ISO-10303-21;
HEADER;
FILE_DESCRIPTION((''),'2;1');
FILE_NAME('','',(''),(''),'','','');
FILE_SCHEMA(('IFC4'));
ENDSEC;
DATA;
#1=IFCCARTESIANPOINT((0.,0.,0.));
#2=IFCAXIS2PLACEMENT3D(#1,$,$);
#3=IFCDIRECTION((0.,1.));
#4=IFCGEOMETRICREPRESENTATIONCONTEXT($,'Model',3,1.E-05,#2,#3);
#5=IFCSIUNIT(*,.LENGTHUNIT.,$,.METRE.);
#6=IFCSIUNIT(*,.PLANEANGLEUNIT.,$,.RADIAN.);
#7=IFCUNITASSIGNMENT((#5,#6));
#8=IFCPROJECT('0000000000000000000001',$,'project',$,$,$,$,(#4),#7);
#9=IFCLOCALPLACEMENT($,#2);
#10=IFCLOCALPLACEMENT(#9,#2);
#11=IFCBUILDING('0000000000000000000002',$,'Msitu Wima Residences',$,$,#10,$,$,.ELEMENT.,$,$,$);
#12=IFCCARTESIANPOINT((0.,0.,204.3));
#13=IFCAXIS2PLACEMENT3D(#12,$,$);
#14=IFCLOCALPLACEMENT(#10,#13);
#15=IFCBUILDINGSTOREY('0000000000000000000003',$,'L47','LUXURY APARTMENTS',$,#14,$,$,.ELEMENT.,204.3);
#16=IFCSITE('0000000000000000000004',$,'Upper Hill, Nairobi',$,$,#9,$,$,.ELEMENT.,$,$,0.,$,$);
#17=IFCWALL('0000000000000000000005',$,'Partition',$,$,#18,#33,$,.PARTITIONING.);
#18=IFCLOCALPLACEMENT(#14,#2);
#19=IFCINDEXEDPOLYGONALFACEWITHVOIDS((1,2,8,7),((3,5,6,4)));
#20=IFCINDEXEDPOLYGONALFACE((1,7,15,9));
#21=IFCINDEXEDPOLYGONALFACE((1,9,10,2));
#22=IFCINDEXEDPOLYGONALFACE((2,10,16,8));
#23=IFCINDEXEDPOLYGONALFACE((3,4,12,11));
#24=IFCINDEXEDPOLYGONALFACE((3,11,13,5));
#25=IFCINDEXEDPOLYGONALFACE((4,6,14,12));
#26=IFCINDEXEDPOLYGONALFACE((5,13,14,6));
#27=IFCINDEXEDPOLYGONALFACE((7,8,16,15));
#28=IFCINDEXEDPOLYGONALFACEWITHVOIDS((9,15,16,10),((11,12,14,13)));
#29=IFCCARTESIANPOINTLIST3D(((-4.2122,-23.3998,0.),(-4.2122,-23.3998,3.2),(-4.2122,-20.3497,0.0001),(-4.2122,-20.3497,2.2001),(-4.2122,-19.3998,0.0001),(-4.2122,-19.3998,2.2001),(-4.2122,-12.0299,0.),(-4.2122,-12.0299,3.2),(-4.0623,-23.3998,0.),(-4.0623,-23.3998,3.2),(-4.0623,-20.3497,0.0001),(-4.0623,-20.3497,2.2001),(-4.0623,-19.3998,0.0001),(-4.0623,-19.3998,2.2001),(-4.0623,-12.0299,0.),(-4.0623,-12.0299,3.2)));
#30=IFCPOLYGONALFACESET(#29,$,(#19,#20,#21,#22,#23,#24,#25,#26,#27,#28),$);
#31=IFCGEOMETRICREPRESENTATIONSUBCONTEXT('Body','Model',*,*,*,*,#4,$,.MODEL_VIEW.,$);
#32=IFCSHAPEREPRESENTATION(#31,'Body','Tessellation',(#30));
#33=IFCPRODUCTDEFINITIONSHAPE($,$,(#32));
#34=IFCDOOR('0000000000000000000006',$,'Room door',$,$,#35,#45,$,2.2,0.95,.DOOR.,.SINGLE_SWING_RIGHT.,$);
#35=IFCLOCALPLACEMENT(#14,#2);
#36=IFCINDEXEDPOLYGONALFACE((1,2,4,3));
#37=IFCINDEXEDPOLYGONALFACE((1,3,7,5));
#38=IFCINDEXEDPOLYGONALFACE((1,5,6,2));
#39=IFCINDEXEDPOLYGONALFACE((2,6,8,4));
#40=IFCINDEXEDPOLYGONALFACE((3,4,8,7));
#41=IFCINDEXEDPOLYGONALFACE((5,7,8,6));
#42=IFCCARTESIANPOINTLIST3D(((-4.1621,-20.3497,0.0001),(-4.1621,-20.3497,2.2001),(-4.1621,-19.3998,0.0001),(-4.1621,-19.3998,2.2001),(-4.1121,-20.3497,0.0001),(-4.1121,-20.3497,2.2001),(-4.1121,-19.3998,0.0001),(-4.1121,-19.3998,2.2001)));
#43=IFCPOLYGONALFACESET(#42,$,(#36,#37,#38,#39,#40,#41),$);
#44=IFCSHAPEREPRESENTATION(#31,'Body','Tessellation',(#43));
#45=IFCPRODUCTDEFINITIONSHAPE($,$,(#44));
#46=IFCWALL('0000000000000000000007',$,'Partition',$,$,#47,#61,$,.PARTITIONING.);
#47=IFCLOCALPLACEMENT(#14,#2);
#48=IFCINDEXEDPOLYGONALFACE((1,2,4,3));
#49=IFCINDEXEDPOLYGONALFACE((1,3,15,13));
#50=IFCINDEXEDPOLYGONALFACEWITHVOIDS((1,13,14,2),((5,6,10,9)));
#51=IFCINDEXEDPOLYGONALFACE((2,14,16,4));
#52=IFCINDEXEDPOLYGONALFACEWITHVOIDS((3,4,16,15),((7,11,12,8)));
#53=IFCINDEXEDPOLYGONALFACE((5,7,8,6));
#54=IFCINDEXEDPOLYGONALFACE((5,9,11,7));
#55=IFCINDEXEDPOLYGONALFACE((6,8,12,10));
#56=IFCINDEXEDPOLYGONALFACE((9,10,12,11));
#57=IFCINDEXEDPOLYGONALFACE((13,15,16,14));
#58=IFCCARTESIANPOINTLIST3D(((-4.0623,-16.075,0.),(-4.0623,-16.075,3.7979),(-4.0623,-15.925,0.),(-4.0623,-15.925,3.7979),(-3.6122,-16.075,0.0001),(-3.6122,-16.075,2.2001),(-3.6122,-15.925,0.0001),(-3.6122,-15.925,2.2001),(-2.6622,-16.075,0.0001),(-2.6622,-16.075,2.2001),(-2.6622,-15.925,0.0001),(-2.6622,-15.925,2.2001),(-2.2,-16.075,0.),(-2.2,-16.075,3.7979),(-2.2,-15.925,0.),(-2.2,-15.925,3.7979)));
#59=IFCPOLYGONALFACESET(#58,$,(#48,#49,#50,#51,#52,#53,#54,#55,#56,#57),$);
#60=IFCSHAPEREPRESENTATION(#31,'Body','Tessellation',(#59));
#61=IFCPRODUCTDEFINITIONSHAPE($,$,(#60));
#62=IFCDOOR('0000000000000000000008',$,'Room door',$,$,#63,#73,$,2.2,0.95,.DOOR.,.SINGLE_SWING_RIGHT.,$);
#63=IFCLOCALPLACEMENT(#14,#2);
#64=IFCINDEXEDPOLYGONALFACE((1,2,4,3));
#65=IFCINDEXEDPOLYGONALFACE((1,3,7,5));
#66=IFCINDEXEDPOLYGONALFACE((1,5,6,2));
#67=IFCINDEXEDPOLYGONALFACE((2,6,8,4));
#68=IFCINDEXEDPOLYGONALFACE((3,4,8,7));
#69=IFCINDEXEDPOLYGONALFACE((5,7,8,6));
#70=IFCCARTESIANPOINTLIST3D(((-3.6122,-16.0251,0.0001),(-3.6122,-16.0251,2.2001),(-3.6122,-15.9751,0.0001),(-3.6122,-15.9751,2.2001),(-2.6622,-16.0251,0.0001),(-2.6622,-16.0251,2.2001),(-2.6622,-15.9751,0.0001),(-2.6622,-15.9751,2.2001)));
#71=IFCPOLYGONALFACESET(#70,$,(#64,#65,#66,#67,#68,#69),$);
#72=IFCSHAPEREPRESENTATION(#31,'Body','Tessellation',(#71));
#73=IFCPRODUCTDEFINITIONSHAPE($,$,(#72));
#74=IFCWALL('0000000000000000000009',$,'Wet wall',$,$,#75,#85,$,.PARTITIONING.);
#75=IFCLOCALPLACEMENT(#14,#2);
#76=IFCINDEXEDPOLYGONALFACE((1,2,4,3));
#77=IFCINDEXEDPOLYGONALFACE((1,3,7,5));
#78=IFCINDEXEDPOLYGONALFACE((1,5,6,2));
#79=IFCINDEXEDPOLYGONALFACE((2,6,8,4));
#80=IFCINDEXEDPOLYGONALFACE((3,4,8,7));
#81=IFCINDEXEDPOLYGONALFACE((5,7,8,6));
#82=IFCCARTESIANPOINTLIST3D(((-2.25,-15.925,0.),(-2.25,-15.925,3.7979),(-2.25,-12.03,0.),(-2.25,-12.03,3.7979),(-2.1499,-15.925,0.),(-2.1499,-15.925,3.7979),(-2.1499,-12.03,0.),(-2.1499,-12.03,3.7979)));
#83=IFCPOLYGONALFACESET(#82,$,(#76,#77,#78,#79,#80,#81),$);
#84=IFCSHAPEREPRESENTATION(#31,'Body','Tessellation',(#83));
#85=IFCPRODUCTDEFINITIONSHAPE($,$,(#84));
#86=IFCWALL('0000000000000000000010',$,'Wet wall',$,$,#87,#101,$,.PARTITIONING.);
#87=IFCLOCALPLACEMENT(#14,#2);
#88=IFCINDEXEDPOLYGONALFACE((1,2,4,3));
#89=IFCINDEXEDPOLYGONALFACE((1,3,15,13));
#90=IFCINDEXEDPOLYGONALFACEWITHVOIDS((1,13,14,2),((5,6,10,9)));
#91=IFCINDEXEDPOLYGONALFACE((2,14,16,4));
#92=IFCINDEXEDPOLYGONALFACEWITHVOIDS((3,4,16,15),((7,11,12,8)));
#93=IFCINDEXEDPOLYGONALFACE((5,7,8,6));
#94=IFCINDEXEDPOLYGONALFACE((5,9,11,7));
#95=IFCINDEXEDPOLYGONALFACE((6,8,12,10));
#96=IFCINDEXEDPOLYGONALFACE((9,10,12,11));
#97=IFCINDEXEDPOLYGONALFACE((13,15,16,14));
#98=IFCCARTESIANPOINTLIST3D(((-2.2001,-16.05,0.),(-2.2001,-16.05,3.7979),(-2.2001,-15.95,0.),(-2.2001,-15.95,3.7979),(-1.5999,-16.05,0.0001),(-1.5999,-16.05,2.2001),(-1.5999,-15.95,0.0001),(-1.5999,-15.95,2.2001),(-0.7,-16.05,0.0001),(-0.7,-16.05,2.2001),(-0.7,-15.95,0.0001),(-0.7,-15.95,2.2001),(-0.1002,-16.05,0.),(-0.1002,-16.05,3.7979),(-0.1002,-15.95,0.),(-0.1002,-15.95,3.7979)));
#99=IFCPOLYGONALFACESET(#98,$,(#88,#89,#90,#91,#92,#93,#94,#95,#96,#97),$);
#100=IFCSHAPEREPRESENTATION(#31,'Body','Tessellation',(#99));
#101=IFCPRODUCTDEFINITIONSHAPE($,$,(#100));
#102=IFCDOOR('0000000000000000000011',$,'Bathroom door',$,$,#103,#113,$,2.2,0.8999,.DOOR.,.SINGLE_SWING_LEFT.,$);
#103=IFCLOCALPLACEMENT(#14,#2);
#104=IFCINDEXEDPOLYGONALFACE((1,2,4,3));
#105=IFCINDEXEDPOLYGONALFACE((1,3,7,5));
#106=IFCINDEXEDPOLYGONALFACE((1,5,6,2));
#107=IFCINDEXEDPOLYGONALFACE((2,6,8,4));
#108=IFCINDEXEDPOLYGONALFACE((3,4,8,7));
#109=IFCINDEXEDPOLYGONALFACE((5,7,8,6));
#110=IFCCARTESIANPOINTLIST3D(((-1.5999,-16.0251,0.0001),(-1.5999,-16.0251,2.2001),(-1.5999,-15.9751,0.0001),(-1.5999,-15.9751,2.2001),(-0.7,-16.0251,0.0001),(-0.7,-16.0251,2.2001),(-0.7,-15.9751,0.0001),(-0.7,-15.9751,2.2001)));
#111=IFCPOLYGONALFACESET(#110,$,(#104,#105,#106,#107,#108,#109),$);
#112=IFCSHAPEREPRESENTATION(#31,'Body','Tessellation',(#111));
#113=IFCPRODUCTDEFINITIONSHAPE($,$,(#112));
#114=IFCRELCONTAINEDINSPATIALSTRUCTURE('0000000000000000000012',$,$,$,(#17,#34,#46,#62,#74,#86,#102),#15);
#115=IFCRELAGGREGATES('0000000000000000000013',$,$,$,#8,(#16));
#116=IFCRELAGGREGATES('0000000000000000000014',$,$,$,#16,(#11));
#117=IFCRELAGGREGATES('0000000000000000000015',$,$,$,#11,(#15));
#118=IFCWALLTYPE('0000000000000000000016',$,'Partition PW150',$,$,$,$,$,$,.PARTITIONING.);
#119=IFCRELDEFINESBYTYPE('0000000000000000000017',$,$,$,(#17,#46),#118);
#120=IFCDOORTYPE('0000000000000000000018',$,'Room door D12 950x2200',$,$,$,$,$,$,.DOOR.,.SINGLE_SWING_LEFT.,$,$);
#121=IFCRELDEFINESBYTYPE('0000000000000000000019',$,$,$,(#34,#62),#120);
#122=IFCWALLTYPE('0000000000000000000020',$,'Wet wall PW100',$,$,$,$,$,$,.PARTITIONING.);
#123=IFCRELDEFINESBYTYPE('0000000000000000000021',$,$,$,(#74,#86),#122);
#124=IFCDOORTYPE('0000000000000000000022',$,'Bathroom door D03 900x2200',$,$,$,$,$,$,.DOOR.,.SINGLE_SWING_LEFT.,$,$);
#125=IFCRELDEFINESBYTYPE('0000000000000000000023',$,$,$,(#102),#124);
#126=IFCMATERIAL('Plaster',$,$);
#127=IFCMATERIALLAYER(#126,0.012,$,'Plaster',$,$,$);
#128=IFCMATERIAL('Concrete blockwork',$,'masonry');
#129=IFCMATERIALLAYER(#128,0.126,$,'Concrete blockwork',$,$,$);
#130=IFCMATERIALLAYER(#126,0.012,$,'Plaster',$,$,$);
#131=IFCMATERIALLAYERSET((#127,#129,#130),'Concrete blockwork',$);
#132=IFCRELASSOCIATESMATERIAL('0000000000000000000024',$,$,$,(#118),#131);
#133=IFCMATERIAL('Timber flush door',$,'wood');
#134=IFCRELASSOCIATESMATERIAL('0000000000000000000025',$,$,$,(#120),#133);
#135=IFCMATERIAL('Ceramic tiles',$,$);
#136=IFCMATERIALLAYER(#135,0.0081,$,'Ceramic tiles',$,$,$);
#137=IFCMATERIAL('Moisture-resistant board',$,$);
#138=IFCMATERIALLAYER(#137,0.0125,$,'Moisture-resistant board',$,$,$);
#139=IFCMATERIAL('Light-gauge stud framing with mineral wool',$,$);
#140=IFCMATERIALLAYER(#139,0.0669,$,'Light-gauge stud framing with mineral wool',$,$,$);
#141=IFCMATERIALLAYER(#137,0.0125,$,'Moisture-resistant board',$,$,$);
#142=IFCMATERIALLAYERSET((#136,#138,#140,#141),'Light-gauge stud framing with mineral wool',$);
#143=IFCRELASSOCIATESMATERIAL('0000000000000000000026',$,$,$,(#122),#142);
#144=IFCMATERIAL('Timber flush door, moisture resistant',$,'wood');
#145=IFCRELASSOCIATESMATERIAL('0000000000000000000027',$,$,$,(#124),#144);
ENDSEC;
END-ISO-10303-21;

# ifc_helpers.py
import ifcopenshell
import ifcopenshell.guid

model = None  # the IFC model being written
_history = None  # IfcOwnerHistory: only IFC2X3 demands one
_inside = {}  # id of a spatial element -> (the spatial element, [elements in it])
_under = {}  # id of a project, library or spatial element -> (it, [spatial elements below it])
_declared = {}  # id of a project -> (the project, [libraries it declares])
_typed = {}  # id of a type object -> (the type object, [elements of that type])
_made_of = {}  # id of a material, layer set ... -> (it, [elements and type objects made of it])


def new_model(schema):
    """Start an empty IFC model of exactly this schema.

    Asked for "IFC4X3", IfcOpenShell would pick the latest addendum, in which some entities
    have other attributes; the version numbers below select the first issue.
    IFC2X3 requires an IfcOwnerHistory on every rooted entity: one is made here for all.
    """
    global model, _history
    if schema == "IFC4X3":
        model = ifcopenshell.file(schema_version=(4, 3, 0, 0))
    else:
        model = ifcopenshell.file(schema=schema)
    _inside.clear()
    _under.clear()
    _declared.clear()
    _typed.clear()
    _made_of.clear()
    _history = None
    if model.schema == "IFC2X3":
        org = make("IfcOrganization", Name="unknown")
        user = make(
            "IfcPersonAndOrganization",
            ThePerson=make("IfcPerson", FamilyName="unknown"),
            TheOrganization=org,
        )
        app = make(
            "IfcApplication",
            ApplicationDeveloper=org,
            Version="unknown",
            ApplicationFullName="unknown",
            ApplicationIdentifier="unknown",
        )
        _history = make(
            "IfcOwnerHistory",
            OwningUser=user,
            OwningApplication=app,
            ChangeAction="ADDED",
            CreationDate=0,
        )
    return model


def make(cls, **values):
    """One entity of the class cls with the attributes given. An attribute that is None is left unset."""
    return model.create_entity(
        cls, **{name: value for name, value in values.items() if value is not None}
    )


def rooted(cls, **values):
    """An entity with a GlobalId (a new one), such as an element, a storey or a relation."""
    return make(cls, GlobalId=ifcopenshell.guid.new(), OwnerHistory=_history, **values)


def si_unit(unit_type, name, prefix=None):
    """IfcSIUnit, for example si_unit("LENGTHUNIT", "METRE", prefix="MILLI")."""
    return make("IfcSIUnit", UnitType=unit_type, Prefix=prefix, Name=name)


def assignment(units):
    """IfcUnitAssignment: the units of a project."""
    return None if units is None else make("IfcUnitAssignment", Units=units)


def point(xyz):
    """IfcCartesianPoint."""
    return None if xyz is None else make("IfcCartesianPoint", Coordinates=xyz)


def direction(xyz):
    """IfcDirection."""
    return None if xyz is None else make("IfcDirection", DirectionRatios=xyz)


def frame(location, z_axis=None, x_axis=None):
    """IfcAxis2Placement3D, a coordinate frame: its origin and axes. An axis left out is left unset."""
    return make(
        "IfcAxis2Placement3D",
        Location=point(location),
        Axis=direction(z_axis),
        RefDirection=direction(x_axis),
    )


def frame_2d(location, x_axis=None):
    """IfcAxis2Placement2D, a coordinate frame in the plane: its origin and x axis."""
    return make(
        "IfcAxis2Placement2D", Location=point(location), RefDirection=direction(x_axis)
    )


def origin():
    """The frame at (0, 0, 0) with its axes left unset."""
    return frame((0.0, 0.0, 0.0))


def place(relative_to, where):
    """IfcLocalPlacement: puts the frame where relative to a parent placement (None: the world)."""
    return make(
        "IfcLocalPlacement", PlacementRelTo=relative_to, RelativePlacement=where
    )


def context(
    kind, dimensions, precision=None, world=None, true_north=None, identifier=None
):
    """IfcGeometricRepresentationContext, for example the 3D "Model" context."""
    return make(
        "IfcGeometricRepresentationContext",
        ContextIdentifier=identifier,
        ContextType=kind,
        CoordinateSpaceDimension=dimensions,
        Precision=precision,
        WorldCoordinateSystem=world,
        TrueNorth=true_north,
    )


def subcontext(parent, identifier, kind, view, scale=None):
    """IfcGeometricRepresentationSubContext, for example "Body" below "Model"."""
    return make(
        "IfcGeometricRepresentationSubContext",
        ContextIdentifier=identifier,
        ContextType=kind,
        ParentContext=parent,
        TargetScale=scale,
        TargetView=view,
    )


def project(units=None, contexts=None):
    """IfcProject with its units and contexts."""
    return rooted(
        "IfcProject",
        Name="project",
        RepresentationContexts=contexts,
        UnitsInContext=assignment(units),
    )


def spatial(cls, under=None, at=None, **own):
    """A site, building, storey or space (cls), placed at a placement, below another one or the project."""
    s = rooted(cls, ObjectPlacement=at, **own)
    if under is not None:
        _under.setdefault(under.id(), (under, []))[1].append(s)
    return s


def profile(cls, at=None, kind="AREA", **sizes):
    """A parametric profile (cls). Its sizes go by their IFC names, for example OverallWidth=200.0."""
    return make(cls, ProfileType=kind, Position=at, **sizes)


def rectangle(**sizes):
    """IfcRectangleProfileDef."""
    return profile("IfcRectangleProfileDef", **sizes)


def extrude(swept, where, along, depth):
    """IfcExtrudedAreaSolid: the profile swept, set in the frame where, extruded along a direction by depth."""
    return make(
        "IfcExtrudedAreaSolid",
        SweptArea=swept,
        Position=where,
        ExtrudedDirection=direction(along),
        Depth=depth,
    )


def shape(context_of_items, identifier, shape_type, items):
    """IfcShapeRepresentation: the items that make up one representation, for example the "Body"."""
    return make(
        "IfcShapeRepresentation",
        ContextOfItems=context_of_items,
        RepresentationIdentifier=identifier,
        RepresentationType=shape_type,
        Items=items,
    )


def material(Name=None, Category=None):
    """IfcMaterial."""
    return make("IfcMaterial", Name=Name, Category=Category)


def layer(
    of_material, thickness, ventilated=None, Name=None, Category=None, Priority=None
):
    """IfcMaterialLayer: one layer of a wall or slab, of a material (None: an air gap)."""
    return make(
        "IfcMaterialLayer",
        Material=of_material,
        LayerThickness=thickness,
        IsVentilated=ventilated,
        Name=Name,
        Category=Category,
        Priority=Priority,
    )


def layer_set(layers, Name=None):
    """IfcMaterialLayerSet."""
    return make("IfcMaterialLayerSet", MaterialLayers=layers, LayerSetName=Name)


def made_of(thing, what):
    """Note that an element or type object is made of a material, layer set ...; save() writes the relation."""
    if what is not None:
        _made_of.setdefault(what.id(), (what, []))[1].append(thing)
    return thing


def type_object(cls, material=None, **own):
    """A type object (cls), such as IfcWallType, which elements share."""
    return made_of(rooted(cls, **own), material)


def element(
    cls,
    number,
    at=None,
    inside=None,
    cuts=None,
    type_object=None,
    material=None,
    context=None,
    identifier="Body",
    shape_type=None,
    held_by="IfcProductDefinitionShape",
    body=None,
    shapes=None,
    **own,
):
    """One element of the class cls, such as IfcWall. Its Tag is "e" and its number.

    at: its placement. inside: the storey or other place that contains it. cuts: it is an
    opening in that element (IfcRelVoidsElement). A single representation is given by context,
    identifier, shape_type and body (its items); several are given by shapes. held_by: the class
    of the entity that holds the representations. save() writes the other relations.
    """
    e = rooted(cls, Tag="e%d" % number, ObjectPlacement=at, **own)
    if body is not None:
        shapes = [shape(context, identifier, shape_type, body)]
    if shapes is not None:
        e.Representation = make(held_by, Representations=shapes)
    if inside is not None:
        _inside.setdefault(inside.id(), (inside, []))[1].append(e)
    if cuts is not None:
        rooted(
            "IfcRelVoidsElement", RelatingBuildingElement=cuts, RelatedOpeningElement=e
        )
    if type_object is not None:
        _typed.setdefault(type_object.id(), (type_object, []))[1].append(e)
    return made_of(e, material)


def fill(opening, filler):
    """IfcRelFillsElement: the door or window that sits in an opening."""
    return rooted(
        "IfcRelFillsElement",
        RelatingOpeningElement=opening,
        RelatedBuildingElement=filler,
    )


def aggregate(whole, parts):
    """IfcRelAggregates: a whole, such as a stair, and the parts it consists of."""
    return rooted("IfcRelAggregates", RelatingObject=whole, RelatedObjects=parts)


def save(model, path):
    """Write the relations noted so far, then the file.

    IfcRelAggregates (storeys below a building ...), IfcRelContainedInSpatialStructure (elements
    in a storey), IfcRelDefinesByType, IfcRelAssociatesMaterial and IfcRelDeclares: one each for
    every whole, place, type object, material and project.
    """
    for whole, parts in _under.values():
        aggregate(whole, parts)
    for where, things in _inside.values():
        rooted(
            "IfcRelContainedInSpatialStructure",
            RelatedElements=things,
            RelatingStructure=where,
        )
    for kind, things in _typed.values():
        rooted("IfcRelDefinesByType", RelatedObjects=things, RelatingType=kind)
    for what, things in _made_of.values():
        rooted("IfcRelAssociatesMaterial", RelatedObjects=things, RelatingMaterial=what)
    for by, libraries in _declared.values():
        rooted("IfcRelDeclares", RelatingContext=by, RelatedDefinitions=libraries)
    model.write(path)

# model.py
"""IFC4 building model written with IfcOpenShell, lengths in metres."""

from ifc_helpers import new_model, si_unit, direction, frame, frame_2d, origin, place, context, subcontext, project, spatial, rectangle, extrude, material, layer, layer_set, type_object, element, fill, save


model = new_model("IFC4")

# Units and contexts
model_context = context("Model", 3, precision=1e-05, world=origin(), true_north=direction((0.0, 1.0)))
body_context = subcontext(model_context, "Body", "Model", "MODEL_VIEW")
ifc_project = project(units=[si_unit("LENGTHUNIT", "METRE"), si_unit("PLANEANGLEUNIT", "RADIAN")], contexts=[model_context])

# Site, building, storey
site_placement = place(None, origin())
site = spatial("IfcSite", under=ifc_project, at=site_placement, Name="Upper Hill, Nairobi", CompositionType="ELEMENT", RefElevation=0.0)
building_placement = place(site_placement, origin())
building = spatial("IfcBuilding", under=site, at=building_placement, Name="Msitu Wima Residences", CompositionType="ELEMENT")
storey_placement = place(building_placement, frame((0.0, 0.0, 204.3)))
storey = spatial("IfcBuildingStorey", under=building, at=storey_placement, Name="L47", Description="LUXURY APARTMENTS", CompositionType="ELEMENT", Elevation=204.3)

# Shared definitions
ifc_material_1 = material(Name="Plaster")
ifc_layer_1 = layer(ifc_material_1, 0.012, Name="Plaster")
ifc_material_2 = material(Name="Concrete blockwork", Category="masonry")
ifc_layer_2 = layer(ifc_material_2, 0.126, Name="Concrete blockwork")
ifc_layer_3 = layer(ifc_material_1, 0.012, Name="Plaster")
ifc_layer_set_1 = layer_set([ifc_layer_1, ifc_layer_2, ifc_layer_3], Name="Concrete blockwork")
wall_type_1 = type_object("IfcWallType", Name="Partition PW150", PredefinedType="PARTITIONING", material=ifc_layer_set_1)

# Walls, openings, doors
wall_1_placement = place(storey_placement, frame((-4.1372, -23.3999, 0.0), z_axis=(0.0, 0.0, 1.0), x_axis=(0.0, 1.0, 0.0)))
wall_1 = element("IfcWall", 1, at=wall_1_placement, inside=storey, type_object=wall_type_1, Name="Partition", PredefinedType="PARTITIONING", context=body_context, shape_type="SweptSolid", body=[
    extrude(rectangle(XDim=11.3699, YDim=0.1499, at=frame_2d((5.6851, 0.0))), origin(), (0.0, 0.0, 1.0), 3.2),
])
opening_1_placement = place(wall_1_placement, frame((3.05, 0.0, 0.0)))
opening_1 = element("IfcOpeningElement", 2, at=opening_1_placement, cuts=wall_1, PredefinedType="OPENING", context=body_context, shape_type="SweptSolid", body=[
    extrude(rectangle(XDim=0.95, YDim=2.2, at=frame_2d((0.4751, 1.1001))), frame((0.0, 0.085, 0.0), z_axis=(0.0, -1.0, 0.0), x_axis=(1.0, 0.0, 0.0)), (0.0, 0.0, 1.0), 0.1699),
])
ifc_material_3 = material(Name="Timber flush door", Category="wood")
door_type_1 = type_object("IfcDoorType", Name="Room door D12 950x2200", OperationType="SINGLE_SWING_LEFT", PredefinedType="DOOR", material=ifc_material_3)
door_1_placement = place(opening_1_placement, origin())
door_1 = element("IfcDoor", 3, at=door_1_placement, inside=storey, type_object=door_type_1, Name="Room door", OperationType="SINGLE_SWING_RIGHT", OverallHeight=2.2, OverallWidth=0.95, PredefinedType="DOOR", context=body_context, shape_type="SweptSolid", body=[
    extrude(rectangle(XDim=0.95, YDim=2.2, at=frame_2d((0.4751, 1.1001))), frame((0.0, 0.0249, 0.0), z_axis=(0.0, -1.0, 0.0), x_axis=(1.0, 0.0, 0.0)), (0.0, 0.0, 1.0), 0.05),
])
fill(opening_1, door_1)
wall_2_placement = place(storey_placement, frame((-4.0623, -16.0, 0.0), z_axis=(0.0, 0.0, 1.0), x_axis=(1.0, 0.0, 0.0)))
wall_2 = element("IfcWall", 4, at=wall_2_placement, inside=storey, type_object=wall_type_1, Name="Partition", PredefinedType="PARTITIONING", context=body_context, shape_type="SweptSolid", body=[
    extrude(rectangle(XDim=1.8623, YDim=0.1499, at=frame_2d((0.9312, 0.0))), origin(), (0.0, 0.0, 1.0), 3.7979),
])
opening_2_placement = place(wall_2_placement, frame((0.45, 0.0, 0.0)))
opening_2 = element("IfcOpeningElement", 5, at=opening_2_placement, cuts=wall_2, PredefinedType="OPENING", context=body_context, shape_type="SweptSolid", body=[
    extrude(rectangle(XDim=0.95, YDim=2.2, at=frame_2d((0.4751, 1.1001))), frame((0.0, 0.085, 0.0), z_axis=(0.0, -1.0, 0.0), x_axis=(1.0, 0.0, 0.0)), (0.0, 0.0, 1.0), 0.1699),
])
door_2_placement = place(opening_2_placement, origin())
door_2 = element("IfcDoor", 6, at=door_2_placement, inside=storey, type_object=door_type_1, Name="Room door", OperationType="SINGLE_SWING_RIGHT", OverallHeight=2.2, OverallWidth=0.95, PredefinedType="DOOR", context=body_context, shape_type="SweptSolid", body=[
    extrude(rectangle(XDim=0.95, YDim=2.2, at=frame_2d((0.4751, 1.1001))), frame((0.0, 0.0249, 0.0), z_axis=(0.0, -1.0, 0.0), x_axis=(1.0, 0.0, 0.0)), (0.0, 0.0, 1.0), 0.05),
])
fill(opening_2, door_2)

# Wall
ifc_material_4 = material(Name="Ceramic tiles")
ifc_layer_4 = layer(ifc_material_4, 0.0081, Name="Ceramic tiles")
ifc_material_5 = material(Name="Moisture-resistant board")
ifc_layer_5 = layer(ifc_material_5, 0.0125, Name="Moisture-resistant board")
ifc_material_6 = material(Name="Light-gauge stud framing with mineral wool")
ifc_layer_6 = layer(ifc_material_6, 0.0669, Name="Light-gauge stud framing with mineral wool")
ifc_layer_7 = layer(ifc_material_5, 0.0125, Name="Moisture-resistant board")
ifc_layer_set_2 = layer_set([ifc_layer_4, ifc_layer_5, ifc_layer_6, ifc_layer_7], Name="Light-gauge stud framing with mineral wool")
wall_type_2 = type_object("IfcWallType", Name="Wet wall PW100", PredefinedType="PARTITIONING", material=ifc_layer_set_2)
wall_3_placement = place(storey_placement, frame((-2.2, -15.925, 0.0), z_axis=(0.0, 0.0, 1.0), x_axis=(0.0, 1.0, 0.0)))
element("IfcWall", 7, at=wall_3_placement, inside=storey, type_object=wall_type_2, Name="Wet wall", PredefinedType="PARTITIONING", context=body_context, shape_type="SweptSolid", body=[
    extrude(rectangle(XDim=3.895, YDim=0.1001, at=frame_2d((1.9475, 0.0))), origin(), (0.0, 0.0, 1.0), 3.7979),
])

# Wall, opening, door
wall_4_placement = place(storey_placement, frame((-2.2, -16.0, 0.0), z_axis=(0.0, 0.0, 1.0), x_axis=(1.0, 0.0, 0.0)))
wall_4 = element("IfcWall", 8, at=wall_4_placement, inside=storey, type_object=wall_type_2, Name="Wet wall", PredefinedType="PARTITIONING", context=body_context, shape_type="SweptSolid", body=[
    extrude(rectangle(XDim=2.0999, YDim=0.1001, at=frame_2d((1.0498, 0.0))), origin(), (0.0, 0.0, 1.0), 3.7979),
])
opening_3_placement = place(wall_4_placement, frame((0.6001, 0.0, 0.0)))
opening_3 = element("IfcOpeningElement", 9, at=opening_3_placement, cuts=wall_4, PredefinedType="OPENING", context=body_context, shape_type="SweptSolid", body=[
    extrude(rectangle(XDim=0.8999, YDim=2.2, at=frame_2d((0.45, 1.1001))), frame((0.0, 0.0601, 0.0), z_axis=(0.0, -1.0, 0.0), x_axis=(1.0, 0.0, 0.0)), (0.0, 0.0, 1.0), 0.1201),
])
ifc_material_7 = material(Name="Timber flush door, moisture resistant", Category="wood")
door_type_2 = type_object("IfcDoorType", Name="Bathroom door D03 900x2200", OperationType="SINGLE_SWING_LEFT", PredefinedType="DOOR", material=ifc_material_7)
door_3_placement = place(opening_3_placement, origin())
door_3 = element("IfcDoor", 10, at=door_3_placement, inside=storey, type_object=door_type_2, Name="Bathroom door", OperationType="SINGLE_SWING_LEFT", OverallHeight=2.2, OverallWidth=0.8999, PredefinedType="DOOR", context=body_context, shape_type="SweptSolid", body=[
    extrude(rectangle(XDim=0.8999, YDim=2.2, at=frame_2d((0.45, 1.1001))), frame((0.0, 0.0249, 0.0), z_axis=(0.0, -1.0, 0.0), x_axis=(1.0, 0.0, 0.0)), (0.0, 0.0, 1.0), 0.05),
])
fill(opening_3, door_3)

save(model, "model.ifc")
